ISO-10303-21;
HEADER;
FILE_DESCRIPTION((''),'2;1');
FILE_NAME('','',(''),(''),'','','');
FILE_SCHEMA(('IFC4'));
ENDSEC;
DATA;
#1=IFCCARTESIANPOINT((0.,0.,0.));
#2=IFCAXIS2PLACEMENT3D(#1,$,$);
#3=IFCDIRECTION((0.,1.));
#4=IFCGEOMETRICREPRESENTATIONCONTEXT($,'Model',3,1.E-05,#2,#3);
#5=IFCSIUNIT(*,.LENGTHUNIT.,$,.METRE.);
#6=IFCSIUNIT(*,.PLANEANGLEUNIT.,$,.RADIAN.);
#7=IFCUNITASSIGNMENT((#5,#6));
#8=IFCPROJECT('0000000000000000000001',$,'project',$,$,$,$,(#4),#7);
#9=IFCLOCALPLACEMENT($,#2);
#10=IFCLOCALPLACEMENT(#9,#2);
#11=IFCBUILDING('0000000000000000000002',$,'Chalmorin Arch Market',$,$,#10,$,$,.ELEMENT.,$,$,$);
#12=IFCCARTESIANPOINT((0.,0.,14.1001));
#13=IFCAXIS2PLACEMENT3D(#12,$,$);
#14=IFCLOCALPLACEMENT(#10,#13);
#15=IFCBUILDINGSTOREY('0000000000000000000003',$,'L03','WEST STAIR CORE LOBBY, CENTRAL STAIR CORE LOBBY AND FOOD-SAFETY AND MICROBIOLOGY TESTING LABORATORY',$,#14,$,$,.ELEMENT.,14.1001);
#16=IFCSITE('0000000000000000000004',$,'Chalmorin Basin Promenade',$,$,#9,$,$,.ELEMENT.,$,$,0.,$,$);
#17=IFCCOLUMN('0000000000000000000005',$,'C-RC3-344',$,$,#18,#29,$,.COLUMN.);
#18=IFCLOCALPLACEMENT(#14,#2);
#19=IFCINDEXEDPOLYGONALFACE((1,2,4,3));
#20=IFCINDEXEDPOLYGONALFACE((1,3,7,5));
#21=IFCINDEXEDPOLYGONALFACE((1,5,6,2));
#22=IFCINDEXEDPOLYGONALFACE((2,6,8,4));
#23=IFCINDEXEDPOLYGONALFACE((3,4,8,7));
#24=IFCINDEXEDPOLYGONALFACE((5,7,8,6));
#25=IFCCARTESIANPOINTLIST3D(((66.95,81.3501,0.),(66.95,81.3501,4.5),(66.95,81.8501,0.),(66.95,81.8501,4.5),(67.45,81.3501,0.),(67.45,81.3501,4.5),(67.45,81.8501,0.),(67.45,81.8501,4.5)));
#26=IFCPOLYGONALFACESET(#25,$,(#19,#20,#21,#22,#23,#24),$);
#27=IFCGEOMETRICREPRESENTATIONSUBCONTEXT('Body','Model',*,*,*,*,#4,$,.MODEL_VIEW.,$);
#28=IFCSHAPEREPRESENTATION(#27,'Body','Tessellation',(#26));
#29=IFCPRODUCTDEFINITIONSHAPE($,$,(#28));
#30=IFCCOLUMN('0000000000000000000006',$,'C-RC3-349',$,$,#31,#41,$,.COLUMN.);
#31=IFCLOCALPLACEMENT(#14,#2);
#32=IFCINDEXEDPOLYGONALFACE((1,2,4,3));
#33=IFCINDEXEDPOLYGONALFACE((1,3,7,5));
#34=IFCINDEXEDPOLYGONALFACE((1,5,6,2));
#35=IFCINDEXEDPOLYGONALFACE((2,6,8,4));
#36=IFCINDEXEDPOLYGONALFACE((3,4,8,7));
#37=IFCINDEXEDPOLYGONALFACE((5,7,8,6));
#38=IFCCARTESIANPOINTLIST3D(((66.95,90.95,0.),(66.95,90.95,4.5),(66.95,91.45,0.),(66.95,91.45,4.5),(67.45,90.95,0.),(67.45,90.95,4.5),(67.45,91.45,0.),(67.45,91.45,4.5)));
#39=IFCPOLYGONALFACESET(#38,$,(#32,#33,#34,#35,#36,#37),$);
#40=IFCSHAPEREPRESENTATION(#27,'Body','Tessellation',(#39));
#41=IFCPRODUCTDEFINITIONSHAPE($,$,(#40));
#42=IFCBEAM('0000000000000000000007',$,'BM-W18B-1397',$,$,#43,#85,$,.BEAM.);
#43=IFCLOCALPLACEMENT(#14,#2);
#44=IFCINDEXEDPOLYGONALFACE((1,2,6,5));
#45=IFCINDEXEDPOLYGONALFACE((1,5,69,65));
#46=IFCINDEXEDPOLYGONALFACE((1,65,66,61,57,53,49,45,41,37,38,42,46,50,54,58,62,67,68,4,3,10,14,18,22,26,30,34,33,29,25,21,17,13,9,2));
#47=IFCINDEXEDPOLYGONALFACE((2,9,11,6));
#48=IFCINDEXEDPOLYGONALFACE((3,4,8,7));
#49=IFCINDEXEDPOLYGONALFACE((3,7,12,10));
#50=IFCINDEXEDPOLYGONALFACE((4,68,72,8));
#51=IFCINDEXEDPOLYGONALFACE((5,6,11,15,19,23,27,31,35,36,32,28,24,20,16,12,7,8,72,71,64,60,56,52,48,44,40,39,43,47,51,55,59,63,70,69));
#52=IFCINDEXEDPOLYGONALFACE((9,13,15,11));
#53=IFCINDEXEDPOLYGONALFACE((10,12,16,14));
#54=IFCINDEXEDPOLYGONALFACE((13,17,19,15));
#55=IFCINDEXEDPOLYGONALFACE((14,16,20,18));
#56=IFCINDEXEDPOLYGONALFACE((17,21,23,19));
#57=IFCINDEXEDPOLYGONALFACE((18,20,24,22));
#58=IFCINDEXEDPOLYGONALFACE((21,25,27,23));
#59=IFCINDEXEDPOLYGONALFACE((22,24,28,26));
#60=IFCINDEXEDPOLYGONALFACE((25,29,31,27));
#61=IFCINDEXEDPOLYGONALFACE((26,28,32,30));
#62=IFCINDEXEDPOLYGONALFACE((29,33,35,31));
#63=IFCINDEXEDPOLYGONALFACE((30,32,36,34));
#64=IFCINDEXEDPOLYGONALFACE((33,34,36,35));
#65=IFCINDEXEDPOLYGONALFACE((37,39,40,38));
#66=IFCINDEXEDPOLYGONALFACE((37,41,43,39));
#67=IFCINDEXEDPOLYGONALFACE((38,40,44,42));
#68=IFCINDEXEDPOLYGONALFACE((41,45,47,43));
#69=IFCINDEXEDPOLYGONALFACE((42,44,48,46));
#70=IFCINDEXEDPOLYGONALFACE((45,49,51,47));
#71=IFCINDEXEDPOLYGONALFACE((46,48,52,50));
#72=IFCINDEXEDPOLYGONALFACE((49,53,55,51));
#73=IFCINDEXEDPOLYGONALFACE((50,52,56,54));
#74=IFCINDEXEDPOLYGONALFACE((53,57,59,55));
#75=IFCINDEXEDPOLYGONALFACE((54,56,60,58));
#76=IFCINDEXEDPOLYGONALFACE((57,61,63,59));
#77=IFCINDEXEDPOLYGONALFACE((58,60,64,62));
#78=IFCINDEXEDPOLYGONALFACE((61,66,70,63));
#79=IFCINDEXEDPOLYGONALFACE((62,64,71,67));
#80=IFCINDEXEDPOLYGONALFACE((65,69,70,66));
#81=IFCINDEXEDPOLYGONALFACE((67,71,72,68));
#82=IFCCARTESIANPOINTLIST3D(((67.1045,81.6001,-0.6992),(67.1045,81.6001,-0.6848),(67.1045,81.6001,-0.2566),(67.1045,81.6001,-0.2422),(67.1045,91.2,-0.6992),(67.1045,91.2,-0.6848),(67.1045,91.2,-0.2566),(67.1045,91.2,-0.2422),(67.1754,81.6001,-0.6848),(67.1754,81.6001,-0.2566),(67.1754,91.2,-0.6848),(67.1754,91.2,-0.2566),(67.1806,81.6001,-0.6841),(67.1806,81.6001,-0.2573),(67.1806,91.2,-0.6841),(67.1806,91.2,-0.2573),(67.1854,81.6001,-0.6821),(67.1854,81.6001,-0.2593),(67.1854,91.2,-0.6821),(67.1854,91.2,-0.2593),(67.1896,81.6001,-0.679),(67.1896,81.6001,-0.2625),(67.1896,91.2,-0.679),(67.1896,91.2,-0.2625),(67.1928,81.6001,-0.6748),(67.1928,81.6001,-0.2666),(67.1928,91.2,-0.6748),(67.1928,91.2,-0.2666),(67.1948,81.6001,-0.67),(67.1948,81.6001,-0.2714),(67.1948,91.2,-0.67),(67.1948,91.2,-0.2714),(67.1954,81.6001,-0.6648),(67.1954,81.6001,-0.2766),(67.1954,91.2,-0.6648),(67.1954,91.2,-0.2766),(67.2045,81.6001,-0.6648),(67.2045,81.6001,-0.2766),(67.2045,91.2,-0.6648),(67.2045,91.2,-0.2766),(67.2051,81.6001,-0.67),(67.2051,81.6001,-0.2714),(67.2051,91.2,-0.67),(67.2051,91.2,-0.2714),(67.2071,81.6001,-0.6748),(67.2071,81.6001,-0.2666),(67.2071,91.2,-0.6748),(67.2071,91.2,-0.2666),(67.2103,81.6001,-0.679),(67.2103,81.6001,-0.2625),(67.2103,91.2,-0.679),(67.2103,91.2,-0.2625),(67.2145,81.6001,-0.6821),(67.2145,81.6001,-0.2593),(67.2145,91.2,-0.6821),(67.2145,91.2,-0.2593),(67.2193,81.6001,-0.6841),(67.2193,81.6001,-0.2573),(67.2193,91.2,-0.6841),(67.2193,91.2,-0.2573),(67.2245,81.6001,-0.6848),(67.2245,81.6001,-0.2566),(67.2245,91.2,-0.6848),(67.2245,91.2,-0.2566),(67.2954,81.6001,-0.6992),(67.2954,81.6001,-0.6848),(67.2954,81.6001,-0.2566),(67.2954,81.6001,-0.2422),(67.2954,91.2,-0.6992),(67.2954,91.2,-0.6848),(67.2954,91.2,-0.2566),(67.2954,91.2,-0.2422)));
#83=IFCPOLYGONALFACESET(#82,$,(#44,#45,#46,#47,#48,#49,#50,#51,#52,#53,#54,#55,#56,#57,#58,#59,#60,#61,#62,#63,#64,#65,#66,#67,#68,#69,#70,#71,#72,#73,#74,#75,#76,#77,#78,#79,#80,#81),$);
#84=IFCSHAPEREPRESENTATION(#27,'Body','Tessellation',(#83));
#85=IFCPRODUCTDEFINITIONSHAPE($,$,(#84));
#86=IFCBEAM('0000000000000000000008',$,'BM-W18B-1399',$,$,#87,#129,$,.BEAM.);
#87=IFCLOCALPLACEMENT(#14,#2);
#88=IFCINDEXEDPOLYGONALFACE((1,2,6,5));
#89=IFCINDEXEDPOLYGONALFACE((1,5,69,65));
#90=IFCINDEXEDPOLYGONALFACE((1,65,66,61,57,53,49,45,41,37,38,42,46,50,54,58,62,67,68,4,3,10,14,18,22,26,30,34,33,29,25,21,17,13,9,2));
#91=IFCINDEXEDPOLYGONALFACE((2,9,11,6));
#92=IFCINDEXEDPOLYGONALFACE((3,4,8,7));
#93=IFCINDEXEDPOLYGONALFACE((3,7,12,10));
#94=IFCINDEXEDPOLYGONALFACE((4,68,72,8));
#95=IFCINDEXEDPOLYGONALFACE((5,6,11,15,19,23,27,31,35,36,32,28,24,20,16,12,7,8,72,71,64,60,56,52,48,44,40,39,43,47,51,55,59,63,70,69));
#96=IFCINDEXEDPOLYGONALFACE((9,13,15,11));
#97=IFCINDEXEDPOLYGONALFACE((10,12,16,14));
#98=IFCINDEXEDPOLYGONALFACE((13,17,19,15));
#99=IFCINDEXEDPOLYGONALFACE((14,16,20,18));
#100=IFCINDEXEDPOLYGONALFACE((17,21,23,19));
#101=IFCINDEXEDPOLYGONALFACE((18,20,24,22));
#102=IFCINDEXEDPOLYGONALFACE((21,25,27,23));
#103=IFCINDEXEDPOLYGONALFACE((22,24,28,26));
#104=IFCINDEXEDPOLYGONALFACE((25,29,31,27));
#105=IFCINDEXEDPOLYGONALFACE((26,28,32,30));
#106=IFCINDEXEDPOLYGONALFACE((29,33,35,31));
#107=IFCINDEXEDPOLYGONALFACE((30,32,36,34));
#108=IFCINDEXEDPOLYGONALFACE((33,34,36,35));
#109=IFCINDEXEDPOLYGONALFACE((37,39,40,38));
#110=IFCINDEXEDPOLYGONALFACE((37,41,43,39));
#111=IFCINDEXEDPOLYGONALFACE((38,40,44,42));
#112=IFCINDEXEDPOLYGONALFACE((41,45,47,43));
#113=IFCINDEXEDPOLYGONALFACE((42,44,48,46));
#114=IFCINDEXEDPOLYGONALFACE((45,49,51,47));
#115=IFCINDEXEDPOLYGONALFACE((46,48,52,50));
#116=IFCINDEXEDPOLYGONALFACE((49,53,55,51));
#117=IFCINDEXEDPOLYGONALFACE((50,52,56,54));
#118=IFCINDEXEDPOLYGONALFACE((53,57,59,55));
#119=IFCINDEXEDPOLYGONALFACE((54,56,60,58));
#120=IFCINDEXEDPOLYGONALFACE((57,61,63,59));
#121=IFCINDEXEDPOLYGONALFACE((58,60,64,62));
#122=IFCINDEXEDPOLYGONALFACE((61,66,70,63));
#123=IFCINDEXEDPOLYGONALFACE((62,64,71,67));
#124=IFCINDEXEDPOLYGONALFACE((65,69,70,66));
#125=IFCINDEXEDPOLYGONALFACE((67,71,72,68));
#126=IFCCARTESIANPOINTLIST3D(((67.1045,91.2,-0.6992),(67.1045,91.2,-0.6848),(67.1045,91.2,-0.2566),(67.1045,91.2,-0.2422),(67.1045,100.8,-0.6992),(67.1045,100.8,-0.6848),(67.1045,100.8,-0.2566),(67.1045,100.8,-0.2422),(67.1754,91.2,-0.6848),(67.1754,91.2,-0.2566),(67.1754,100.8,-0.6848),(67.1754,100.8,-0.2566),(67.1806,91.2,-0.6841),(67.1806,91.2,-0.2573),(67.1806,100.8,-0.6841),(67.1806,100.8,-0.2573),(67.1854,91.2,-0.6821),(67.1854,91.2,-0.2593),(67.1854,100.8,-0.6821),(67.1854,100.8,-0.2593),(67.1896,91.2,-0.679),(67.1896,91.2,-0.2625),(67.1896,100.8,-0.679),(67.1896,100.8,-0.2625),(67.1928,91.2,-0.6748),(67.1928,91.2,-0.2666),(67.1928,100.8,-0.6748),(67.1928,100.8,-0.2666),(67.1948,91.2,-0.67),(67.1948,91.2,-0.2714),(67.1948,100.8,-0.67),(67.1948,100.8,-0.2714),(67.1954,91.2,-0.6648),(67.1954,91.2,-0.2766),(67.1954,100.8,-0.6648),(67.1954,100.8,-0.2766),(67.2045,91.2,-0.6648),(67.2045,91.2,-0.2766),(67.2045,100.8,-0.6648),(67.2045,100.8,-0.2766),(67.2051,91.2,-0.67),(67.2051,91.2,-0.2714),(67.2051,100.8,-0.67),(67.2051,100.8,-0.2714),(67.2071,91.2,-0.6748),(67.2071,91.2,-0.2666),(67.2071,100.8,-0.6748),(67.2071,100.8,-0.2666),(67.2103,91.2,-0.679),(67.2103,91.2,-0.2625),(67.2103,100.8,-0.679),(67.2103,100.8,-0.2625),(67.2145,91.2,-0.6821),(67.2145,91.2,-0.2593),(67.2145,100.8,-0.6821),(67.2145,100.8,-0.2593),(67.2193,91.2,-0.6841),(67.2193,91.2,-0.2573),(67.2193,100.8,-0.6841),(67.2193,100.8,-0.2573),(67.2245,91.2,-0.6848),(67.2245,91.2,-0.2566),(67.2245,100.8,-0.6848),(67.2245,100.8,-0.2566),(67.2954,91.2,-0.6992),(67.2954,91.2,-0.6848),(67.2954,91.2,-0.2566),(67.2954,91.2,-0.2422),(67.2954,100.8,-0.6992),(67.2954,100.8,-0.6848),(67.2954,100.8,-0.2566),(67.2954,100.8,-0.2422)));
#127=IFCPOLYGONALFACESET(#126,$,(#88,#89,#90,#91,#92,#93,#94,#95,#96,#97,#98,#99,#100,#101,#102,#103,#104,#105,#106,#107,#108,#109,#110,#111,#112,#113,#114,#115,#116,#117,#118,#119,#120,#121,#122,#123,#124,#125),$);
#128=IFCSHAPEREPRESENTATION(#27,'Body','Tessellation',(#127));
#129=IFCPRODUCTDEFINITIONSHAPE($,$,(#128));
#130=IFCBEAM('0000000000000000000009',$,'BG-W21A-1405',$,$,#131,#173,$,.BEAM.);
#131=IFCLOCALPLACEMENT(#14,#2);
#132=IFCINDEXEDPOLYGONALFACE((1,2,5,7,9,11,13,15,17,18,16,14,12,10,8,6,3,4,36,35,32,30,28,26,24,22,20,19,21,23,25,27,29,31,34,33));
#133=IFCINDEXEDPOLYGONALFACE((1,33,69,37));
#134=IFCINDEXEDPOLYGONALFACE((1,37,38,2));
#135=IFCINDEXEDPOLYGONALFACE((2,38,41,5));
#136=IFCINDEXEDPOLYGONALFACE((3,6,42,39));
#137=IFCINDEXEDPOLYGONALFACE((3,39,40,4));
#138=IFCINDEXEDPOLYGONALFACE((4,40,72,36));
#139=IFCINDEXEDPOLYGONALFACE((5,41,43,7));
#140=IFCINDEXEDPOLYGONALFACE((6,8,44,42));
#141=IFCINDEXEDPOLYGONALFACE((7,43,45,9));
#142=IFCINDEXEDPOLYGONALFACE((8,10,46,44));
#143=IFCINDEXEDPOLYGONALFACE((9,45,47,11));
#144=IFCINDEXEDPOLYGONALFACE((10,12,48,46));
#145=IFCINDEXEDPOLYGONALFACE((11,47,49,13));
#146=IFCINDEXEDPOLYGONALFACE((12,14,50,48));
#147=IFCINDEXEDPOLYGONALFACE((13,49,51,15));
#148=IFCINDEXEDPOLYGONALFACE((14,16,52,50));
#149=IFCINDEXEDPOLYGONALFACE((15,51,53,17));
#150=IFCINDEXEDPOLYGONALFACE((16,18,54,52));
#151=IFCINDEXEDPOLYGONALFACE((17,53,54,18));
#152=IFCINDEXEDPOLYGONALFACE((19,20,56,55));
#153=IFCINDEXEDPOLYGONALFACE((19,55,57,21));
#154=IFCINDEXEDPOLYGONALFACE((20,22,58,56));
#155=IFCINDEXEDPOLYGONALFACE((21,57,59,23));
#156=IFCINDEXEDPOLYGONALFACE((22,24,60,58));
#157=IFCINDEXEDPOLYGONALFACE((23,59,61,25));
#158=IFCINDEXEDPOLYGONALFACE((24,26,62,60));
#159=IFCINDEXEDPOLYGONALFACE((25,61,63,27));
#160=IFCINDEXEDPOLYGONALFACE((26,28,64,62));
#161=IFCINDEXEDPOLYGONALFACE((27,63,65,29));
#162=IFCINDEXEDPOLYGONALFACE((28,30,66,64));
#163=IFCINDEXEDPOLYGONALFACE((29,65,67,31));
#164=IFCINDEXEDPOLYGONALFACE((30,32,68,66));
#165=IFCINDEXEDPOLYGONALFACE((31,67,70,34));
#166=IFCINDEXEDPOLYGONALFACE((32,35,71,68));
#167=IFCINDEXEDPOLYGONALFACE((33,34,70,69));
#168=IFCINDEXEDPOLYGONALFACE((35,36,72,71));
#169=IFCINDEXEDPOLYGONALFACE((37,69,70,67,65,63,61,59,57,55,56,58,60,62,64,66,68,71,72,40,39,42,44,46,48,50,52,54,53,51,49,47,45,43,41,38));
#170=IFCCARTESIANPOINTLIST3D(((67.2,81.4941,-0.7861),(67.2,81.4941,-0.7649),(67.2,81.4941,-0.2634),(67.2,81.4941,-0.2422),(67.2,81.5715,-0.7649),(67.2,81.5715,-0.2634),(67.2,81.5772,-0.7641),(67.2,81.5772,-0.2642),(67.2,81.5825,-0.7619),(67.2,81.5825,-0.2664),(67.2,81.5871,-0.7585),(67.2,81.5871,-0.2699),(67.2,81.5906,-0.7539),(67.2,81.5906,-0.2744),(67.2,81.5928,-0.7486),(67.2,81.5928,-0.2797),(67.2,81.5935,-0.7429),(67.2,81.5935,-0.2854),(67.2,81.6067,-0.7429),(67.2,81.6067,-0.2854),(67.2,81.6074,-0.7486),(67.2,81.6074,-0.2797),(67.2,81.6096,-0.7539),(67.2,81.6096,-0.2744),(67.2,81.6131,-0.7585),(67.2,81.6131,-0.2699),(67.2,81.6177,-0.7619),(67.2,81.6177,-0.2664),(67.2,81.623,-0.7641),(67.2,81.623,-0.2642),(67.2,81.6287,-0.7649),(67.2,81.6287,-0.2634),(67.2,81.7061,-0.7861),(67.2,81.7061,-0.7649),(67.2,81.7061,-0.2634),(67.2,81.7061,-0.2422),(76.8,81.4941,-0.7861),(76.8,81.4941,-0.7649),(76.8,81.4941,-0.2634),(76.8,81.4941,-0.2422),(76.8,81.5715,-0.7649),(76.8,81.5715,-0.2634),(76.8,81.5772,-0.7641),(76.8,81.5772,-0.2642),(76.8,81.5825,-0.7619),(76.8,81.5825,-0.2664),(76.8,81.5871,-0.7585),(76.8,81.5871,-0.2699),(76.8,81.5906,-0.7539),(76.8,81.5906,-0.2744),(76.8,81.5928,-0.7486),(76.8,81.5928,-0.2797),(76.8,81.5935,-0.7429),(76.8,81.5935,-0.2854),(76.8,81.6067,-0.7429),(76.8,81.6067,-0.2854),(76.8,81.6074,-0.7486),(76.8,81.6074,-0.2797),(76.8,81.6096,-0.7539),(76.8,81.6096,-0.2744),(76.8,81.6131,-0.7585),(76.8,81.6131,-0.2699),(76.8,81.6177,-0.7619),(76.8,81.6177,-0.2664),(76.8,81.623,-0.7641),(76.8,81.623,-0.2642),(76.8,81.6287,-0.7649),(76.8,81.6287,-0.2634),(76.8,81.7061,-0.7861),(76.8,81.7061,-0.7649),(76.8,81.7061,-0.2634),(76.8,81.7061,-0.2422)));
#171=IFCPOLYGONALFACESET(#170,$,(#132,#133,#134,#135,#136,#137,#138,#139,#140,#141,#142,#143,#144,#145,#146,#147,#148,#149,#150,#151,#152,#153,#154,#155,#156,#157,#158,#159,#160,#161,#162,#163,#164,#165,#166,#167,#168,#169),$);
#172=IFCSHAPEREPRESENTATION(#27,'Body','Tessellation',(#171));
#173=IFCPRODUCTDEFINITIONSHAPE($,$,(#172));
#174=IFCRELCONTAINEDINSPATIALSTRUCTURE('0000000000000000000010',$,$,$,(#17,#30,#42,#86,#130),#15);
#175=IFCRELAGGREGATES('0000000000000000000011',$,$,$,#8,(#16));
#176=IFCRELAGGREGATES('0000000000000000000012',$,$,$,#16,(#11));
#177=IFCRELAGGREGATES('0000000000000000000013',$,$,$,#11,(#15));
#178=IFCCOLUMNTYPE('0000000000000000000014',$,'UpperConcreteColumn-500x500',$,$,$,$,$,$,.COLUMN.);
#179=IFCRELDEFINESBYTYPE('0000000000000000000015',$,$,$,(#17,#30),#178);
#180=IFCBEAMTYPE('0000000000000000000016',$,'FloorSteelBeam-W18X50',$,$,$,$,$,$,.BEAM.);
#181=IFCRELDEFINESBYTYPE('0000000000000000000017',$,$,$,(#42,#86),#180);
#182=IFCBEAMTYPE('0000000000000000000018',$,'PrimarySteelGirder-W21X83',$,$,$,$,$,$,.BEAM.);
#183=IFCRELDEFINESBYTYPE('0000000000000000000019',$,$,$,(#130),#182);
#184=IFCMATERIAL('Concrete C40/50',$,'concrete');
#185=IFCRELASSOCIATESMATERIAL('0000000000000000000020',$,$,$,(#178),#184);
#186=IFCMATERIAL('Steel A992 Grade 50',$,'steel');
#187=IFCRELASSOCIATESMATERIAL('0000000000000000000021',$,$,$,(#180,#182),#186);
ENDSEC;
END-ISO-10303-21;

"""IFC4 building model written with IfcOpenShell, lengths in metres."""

from ifc_helpers import new_model, si_unit, direction, frame, origin, origin_2d, place, context, subcontext, project, spatial, rectangle, i_section, extrude, material, material_profile, profile_set, type_object, element, save


model = new_model("IFC4")

# Units and contexts
model_context = context("Model", 3, precision=1e-05, world=origin(), true_north=direction((0.0, 1.0)))
body_context = subcontext(model_context, "Body", "Model", "MODEL_VIEW")
ifc_project = project(units=[si_unit("LENGTHUNIT", "METRE"), si_unit("PLANEANGLEUNIT", "RADIAN")], contexts=[model_context])

# Site, building, storey
site_placement = place(None, origin())
site = spatial("IfcSite", under=ifc_project, at=site_placement, Name="Chalmorin Basin Promenade", CompositionType="ELEMENT", RefElevation=0.0)
building_placement = place(site_placement, origin())
building = spatial("IfcBuilding", under=site, at=building_placement, Name="Chalmorin Arch Market", CompositionType="ELEMENT")
storey_placement = place(building_placement, frame((0.0, 0.0, 14.1001)))
storey = spatial("IfcBuildingStorey", under=building, at=storey_placement, Name="L03", Description="WEST STAIR CORE LOBBY, CENTRAL STAIR CORE LOBBY AND FOOD-SAFETY AND MICROBIOLOGY TESTING LABORATORY", CompositionType="ELEMENT", Elevation=14.1001)

# Columns
ifc_material_1 = material(Name="Concrete C40/50", Category="concrete")
ifc_material_profile_1 = material_profile(ifc_material_1, rectangle(XDim=0.5, YDim=0.5, at=origin_2d()), Name="RC500X500")
ifc_profile_set_1 = profile_set([ifc_material_profile_1], Name="Concrete C40/50")
column_type = type_object("IfcColumnType", Name="UpperConcreteColumn-500x500", PredefinedType="COLUMN", material=ifc_profile_set_1)
for number, where, z_axis, x_axis, name in (
    (1, (67.2, 81.6001, 0.0), (0.0, 0.0, 1.0), (1.0, 0.0, 0.0), "C-RC3-344"),
    (2, (67.2, 91.2, 0.0), (0.0, 0.0, 1.0), (1.0, 0.0, 0.0), "C-RC3-349"),
):
    element("IfcColumn", number, at=place(storey_placement, frame(where, z_axis=z_axis, x_axis=x_axis)), inside=storey, type_object=column_type, Name=name, PredefinedType="COLUMN", context=body_context, shape_type="SweptSolid", body=[
        extrude(rectangle(XDim=0.5, YDim=0.5, at=origin_2d()), origin(), (0.0, 0.0, 1.0), 4.5),
    ])

# Beams
ifc_material_2 = material(Name="Steel A992 Grade 50", Category="steel")
ifc_material_profile_2 = material_profile(ifc_material_2, i_section(OverallWidth=0.1909, OverallDepth=0.457, WebThickness=0.009, FlangeThickness=0.0144, FilletRadius=0.02, at=origin_2d()), Name="W18X50")
ifc_profile_set_2 = profile_set([ifc_material_profile_2], Name="Steel A992 Grade 50")
beam_type_1 = type_object("IfcBeamType", Name="FloorSteelBeam-W18X50", PredefinedType="BEAM", material=ifc_profile_set_2)
beam_1_placement = place(storey_placement, frame((67.2, 81.6001, -0.4707), z_axis=(0.0, 1.0, 0.0), x_axis=(-1.0, 0.0, 0.0)))
element("IfcBeam", 3, at=beam_1_placement, inside=storey, type_object=beam_type_1, Name="BM-W18B-1397", PredefinedType="BEAM", context=body_context, shape_type="SweptSolid", body=[
    extrude(i_section(OverallWidth=0.1909, OverallDepth=0.457, WebThickness=0.009, FlangeThickness=0.0144, FilletRadius=0.02, at=origin_2d()), origin(), (0.0, 0.0, 1.0), 9.5999),
])
beam_2_placement = place(storey_placement, frame((67.2, 91.2, -0.4707), z_axis=(0.0, 1.0, 0.0), x_axis=(-1.0, 0.0, 0.0)))
element("IfcBeam", 4, at=beam_2_placement, inside=storey, type_object=beam_type_1, Name="BM-W18B-1399", PredefinedType="BEAM", context=body_context, shape_type="SweptSolid", body=[
    extrude(i_section(OverallWidth=0.1909, OverallDepth=0.457, WebThickness=0.009, FlangeThickness=0.0144, FilletRadius=0.02, at=origin_2d()), origin(), (0.0, 0.0, 1.0), 9.6001),
])
ifc_material_profile_3 = material_profile(ifc_material_2, i_section(OverallWidth=0.2119, OverallDepth=0.5439, WebThickness=0.0132, FlangeThickness=0.0212, FilletRadius=0.022, at=origin_2d()), Name="W21X83")
ifc_profile_set_3 = profile_set([ifc_material_profile_3], Name="Steel A992 Grade 50")
beam_type_2 = type_object("IfcBeamType", Name="PrimarySteelGirder-W21X83", PredefinedType="BEAM", material=ifc_profile_set_3)
for number, where, z_axis, x_axis, name in (
    (5, (67.2, 81.6001, -0.5142), (1.0, 0.0, 0.0), (0.0, 1.0, 0.0), "BG-W21A-1405"),
):
    element("IfcBeam", number, at=place(storey_placement, frame(where, z_axis=z_axis, x_axis=x_axis)), inside=storey, type_object=beam_type_2, Name=name, PredefinedType="BEAM", context=body_context, shape_type="SweptSolid", body=[
        extrude(i_section(OverallWidth=0.2119, OverallDepth=0.5439, WebThickness=0.0132, FlangeThickness=0.0212, FilletRadius=0.022, at=origin_2d()), origin(), (0.0, 0.0, 1.0), 9.6001),
    ])

save(model, "model.ifc")
